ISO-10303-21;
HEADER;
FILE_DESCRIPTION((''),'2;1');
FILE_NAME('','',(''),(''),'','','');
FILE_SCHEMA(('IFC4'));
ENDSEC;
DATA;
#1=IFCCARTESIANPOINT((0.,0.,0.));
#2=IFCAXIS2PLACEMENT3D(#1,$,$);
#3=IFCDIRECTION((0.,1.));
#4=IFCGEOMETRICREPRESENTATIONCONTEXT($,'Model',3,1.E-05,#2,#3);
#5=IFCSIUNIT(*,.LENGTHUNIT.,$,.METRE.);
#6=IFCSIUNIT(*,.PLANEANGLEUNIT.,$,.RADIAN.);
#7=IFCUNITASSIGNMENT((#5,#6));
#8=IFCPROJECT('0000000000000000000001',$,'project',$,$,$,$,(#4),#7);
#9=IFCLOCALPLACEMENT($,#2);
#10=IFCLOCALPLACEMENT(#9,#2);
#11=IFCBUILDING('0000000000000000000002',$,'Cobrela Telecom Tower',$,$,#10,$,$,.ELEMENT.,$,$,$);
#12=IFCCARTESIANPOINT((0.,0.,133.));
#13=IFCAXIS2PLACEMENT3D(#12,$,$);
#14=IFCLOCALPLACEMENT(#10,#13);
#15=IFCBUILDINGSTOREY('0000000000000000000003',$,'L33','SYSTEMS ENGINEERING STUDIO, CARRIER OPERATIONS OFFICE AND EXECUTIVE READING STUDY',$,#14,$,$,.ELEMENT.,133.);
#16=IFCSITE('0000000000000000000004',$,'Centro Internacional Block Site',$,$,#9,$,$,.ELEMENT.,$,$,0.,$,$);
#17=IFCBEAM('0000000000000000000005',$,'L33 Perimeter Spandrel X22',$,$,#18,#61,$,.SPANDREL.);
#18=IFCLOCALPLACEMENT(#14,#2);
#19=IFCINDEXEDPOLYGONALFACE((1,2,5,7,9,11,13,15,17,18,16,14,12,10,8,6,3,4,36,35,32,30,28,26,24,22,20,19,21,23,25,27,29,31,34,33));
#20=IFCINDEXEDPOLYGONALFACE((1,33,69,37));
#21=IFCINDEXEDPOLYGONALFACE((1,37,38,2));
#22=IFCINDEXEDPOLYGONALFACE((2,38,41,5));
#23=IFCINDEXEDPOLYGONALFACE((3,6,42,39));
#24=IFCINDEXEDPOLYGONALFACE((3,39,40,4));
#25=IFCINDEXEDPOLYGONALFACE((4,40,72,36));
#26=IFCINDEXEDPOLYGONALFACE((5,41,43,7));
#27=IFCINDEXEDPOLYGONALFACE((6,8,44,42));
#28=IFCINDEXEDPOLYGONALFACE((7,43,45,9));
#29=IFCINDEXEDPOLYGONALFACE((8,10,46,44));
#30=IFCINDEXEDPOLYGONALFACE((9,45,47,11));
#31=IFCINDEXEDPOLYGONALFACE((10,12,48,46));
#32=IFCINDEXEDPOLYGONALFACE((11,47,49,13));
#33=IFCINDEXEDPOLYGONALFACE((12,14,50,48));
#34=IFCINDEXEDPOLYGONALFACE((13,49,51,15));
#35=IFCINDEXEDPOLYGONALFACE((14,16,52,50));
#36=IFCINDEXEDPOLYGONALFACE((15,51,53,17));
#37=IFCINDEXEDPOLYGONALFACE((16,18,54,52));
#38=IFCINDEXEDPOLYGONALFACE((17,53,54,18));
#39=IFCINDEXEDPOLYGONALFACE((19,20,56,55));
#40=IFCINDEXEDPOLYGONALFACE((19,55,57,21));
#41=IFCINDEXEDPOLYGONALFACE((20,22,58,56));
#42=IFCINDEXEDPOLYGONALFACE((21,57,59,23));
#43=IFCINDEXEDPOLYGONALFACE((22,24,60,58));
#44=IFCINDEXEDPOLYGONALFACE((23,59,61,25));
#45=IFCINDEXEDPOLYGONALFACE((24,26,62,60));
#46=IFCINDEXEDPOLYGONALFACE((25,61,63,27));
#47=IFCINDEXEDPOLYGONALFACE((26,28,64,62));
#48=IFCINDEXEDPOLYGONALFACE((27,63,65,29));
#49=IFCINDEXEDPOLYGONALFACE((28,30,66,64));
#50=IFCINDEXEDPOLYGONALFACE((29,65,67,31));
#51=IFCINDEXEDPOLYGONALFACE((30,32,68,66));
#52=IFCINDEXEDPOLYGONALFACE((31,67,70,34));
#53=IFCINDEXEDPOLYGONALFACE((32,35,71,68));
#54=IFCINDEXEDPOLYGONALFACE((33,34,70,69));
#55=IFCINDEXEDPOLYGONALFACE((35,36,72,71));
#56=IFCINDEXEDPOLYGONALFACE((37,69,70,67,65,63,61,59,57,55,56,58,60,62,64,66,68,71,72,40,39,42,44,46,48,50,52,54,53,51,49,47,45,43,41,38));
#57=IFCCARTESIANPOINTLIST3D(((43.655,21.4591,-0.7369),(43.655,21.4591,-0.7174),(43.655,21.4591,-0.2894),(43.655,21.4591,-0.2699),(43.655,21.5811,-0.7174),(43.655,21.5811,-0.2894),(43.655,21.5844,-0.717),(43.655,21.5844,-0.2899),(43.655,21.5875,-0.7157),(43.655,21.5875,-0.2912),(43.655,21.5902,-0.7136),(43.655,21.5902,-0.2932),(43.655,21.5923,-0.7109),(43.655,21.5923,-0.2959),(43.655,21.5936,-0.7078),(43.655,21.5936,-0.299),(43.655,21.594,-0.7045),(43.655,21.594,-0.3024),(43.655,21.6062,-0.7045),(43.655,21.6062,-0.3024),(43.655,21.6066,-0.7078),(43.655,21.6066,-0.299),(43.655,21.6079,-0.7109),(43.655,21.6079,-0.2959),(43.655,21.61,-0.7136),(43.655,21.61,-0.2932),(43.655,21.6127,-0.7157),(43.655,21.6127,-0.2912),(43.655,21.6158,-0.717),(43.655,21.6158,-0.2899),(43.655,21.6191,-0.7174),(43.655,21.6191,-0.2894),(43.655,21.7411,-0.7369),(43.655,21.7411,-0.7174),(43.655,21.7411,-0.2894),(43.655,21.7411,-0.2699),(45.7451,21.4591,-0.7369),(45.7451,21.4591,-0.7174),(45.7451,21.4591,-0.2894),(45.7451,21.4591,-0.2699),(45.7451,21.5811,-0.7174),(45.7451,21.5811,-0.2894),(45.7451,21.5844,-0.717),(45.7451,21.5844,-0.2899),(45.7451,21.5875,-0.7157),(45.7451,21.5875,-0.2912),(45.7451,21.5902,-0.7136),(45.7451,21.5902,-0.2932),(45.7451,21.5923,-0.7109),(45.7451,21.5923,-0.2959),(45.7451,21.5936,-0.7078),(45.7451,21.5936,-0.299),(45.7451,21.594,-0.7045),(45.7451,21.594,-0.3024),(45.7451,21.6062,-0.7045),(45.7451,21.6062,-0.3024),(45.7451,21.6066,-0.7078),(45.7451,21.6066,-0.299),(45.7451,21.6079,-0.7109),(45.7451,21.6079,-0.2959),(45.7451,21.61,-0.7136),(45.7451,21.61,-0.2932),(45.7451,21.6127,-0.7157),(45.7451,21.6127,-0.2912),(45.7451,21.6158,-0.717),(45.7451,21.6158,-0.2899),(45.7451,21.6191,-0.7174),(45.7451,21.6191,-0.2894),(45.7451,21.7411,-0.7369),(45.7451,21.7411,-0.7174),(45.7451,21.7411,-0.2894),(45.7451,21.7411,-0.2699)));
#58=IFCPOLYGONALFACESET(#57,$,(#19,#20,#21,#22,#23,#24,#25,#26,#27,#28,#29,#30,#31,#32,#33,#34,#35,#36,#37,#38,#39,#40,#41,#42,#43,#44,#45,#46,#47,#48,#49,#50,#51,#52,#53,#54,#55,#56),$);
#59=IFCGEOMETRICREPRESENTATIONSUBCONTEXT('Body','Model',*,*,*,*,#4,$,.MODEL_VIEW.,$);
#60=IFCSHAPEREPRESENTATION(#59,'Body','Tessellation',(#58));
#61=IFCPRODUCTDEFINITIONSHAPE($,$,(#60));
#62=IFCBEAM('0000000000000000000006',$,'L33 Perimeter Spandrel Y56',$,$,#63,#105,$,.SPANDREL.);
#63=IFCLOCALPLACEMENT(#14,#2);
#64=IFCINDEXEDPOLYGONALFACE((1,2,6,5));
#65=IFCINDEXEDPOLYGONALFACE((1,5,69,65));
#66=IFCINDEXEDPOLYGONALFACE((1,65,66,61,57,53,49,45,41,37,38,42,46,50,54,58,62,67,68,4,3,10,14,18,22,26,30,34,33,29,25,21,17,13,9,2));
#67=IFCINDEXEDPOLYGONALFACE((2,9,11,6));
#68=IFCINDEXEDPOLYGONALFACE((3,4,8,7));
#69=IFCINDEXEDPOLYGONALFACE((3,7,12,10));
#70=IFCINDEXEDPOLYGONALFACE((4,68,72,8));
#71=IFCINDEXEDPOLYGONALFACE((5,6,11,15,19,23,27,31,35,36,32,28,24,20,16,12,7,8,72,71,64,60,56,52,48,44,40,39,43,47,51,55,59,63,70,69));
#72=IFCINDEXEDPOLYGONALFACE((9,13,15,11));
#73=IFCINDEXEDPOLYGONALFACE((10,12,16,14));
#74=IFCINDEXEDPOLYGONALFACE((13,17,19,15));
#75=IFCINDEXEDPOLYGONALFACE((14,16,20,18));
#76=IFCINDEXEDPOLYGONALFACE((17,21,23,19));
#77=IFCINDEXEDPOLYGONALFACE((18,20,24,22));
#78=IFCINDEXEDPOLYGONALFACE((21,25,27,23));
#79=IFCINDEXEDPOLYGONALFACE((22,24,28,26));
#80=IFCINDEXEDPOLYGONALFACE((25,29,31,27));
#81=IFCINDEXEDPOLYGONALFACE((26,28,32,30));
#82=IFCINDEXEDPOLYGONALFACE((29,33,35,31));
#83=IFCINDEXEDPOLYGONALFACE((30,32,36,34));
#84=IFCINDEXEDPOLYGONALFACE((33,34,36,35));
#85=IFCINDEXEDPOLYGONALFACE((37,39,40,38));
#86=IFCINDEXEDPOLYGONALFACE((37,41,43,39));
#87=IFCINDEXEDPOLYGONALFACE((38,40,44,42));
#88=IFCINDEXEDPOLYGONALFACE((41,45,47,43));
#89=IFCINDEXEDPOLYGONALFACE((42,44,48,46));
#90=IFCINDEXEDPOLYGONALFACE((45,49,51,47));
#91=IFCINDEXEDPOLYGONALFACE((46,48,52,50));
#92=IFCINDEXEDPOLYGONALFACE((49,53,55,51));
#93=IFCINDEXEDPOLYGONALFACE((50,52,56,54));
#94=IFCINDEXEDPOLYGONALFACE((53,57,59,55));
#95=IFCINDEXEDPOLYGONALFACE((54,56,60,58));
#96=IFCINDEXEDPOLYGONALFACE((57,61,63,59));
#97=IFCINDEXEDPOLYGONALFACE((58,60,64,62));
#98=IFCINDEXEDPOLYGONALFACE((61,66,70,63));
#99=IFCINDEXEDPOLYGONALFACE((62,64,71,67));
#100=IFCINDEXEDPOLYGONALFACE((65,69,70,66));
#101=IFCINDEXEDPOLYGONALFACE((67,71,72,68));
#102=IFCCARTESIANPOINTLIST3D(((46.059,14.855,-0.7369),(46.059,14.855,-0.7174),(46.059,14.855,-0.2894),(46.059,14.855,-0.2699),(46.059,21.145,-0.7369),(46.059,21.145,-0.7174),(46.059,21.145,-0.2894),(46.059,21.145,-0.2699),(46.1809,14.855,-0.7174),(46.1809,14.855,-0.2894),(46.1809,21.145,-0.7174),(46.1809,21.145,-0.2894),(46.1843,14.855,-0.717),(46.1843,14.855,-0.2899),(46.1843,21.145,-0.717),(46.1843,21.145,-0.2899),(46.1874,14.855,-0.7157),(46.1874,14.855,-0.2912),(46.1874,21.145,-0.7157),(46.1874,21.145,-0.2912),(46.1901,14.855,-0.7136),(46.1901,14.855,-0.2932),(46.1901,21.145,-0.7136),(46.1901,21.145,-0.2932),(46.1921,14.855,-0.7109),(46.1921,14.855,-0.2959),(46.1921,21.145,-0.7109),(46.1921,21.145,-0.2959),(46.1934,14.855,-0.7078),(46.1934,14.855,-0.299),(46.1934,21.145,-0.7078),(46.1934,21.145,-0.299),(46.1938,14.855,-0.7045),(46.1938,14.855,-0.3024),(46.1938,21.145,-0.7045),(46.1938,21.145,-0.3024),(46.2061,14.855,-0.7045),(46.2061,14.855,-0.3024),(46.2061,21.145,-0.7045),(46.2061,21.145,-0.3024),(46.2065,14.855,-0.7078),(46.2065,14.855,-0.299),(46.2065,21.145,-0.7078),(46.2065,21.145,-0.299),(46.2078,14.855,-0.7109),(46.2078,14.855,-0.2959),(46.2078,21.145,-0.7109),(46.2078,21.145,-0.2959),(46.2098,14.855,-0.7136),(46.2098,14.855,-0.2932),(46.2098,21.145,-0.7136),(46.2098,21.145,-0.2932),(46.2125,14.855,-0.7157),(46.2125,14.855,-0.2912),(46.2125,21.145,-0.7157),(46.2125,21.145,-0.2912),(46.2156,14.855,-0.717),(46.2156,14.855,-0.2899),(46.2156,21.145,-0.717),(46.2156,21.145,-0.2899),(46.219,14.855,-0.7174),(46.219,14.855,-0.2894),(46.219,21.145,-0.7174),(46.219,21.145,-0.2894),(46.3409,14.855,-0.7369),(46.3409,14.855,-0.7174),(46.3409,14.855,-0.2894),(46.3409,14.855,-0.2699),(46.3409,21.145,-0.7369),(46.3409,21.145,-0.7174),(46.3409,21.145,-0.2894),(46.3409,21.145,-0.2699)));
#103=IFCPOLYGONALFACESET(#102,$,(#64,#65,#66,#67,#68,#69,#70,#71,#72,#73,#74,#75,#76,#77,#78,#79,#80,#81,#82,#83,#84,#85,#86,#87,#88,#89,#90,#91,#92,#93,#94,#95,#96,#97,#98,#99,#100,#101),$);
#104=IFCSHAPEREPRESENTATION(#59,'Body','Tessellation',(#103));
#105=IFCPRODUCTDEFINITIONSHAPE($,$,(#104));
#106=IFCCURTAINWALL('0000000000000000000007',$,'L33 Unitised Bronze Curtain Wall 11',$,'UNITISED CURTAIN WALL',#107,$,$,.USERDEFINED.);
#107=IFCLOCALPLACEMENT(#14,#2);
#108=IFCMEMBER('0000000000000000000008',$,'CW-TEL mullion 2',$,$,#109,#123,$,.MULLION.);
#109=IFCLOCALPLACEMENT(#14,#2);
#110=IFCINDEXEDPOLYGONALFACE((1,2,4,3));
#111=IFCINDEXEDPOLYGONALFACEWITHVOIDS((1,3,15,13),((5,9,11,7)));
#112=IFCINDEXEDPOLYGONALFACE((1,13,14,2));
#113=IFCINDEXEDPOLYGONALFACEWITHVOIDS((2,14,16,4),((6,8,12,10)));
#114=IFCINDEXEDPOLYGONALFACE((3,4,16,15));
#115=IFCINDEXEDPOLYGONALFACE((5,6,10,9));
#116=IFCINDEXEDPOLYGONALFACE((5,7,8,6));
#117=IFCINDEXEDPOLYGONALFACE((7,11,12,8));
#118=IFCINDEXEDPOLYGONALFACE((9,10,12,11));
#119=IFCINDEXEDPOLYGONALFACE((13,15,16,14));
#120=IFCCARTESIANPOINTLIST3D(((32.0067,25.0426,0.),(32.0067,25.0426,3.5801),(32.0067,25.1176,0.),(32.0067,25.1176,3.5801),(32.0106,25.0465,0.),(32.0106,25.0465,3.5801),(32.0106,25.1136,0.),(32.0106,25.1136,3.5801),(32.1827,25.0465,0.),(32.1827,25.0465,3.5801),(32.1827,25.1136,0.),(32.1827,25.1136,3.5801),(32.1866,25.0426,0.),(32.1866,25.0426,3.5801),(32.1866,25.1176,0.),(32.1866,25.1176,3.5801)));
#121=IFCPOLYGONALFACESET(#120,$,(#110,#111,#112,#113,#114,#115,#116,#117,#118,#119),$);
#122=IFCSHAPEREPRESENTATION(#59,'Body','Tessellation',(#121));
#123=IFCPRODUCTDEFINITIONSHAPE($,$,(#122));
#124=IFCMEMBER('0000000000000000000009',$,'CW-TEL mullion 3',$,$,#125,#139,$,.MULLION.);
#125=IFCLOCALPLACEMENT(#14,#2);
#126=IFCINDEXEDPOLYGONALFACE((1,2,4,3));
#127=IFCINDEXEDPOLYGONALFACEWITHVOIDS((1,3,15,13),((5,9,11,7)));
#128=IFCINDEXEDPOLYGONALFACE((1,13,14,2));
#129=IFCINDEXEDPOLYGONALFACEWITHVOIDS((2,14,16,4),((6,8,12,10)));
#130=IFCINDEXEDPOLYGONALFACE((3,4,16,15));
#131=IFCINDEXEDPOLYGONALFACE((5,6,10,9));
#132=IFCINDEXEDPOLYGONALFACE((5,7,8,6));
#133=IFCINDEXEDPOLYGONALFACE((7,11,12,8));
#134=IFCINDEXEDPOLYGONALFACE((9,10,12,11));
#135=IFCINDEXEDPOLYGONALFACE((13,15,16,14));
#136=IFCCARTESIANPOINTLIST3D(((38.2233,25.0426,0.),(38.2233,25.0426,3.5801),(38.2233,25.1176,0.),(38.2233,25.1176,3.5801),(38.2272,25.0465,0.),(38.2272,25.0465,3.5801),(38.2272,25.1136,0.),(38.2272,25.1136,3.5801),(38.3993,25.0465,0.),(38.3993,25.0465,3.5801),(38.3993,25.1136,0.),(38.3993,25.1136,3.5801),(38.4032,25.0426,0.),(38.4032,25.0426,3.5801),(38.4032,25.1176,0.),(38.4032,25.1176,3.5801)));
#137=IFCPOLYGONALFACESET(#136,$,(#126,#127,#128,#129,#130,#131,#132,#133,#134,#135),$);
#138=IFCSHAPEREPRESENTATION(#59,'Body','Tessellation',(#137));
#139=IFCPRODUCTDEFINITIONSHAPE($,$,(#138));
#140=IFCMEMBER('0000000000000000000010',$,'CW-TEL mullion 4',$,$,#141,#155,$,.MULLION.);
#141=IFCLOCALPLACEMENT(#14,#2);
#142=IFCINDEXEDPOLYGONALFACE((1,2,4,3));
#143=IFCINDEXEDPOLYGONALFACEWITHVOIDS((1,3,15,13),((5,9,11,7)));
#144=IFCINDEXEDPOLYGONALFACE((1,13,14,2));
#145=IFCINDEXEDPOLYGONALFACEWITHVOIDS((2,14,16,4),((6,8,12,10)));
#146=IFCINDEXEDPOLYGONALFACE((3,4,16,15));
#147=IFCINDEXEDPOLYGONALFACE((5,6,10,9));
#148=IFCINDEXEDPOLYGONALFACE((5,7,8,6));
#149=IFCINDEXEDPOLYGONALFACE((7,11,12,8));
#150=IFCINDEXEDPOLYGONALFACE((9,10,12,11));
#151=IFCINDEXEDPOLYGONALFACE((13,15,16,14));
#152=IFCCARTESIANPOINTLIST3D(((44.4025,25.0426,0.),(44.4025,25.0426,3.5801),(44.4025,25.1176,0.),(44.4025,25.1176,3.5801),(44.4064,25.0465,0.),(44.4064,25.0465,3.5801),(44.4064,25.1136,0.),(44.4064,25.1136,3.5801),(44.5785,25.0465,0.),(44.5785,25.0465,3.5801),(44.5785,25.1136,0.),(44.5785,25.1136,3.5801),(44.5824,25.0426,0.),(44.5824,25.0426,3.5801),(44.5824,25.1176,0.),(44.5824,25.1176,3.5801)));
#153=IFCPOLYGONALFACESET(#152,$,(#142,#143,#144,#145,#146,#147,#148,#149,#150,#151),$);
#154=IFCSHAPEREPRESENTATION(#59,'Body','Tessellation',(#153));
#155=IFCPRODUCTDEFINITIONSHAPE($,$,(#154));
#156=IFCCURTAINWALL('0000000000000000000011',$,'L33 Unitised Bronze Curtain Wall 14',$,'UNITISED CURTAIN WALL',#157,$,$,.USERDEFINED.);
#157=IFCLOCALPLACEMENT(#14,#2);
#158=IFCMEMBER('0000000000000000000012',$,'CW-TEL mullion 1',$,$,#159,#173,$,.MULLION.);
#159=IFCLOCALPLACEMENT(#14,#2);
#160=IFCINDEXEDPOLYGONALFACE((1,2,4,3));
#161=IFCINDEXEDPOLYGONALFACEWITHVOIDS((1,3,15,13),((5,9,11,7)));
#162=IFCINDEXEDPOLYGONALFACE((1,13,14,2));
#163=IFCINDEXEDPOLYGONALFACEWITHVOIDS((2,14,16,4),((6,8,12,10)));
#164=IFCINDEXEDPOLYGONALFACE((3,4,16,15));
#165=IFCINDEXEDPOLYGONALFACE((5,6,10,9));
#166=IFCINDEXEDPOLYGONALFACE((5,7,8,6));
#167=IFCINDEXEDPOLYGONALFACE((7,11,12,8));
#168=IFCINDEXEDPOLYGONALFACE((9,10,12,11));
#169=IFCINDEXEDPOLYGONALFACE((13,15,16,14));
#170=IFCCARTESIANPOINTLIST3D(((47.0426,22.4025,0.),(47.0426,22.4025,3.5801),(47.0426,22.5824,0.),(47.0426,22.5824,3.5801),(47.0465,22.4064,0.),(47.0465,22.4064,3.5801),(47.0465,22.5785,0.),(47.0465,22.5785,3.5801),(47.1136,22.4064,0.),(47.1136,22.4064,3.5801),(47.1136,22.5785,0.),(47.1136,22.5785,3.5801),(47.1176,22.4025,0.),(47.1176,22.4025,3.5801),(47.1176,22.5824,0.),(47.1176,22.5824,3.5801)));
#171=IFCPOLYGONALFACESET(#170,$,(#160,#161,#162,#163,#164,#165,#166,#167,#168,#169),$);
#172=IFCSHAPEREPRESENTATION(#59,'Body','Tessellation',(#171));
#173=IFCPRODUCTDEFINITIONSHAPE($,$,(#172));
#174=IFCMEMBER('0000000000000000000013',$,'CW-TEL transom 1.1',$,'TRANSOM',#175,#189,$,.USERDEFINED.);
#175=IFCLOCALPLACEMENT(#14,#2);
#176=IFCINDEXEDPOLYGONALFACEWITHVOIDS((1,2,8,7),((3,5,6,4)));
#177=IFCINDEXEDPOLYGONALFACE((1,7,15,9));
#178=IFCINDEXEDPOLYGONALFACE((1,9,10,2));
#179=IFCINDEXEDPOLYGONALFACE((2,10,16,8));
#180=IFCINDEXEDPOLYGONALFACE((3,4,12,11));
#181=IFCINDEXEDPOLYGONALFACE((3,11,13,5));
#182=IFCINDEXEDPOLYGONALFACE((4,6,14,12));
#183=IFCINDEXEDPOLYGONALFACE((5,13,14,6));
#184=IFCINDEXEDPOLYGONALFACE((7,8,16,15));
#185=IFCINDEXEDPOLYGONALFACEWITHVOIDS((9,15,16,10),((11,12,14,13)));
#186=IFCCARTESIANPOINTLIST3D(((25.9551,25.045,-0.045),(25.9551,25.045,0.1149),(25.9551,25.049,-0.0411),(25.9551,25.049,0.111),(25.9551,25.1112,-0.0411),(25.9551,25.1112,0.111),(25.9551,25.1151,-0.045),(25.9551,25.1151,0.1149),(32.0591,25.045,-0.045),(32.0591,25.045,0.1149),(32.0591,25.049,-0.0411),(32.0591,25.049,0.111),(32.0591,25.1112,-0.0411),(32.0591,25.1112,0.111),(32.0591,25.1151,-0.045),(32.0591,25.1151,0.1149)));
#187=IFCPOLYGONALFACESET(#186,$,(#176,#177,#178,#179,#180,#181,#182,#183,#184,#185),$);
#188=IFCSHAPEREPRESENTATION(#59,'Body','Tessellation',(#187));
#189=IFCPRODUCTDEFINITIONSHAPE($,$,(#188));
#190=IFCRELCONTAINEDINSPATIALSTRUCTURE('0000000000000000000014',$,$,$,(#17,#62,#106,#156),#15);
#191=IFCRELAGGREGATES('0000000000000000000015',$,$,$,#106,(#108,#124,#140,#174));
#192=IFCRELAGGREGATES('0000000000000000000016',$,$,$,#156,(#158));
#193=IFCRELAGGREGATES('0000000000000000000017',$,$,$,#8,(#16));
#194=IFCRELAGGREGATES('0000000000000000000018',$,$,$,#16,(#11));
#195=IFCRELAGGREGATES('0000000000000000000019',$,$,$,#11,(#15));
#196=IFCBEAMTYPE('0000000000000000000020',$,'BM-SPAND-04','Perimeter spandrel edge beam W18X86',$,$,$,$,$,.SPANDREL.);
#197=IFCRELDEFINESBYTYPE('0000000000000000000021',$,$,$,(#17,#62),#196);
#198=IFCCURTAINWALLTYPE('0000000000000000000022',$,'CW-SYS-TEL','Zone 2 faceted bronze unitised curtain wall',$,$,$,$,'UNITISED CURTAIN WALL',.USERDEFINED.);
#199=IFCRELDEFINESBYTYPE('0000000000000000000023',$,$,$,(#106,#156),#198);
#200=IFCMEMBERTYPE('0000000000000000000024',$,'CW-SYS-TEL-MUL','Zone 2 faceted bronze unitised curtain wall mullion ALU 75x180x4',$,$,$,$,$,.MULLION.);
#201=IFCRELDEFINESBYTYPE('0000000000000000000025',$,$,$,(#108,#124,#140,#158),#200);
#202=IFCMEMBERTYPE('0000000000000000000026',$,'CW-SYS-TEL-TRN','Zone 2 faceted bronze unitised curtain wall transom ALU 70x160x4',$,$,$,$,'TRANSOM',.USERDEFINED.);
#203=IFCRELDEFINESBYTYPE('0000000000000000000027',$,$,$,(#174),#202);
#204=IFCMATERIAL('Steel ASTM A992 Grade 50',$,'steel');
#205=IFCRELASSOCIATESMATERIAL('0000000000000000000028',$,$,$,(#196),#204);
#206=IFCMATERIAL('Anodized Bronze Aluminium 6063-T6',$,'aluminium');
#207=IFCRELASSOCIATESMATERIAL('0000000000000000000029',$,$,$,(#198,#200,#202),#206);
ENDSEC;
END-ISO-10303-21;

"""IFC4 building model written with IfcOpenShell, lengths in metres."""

from ifc_helpers import new_model, si_unit, direction, frame, origin, origin_2d, place, context, subcontext, project, spatial, hollow_rectangle, i_section, extrude, material, material_profile, profile_set, type_object, element, aggregate, save


model = new_model("IFC4")

# Units and contexts
model_context = context("Model", 3, precision=1e-05, world=origin(), true_north=direction((0.0, 1.0)))
body_context = subcontext(model_context, "Body", "Model", "MODEL_VIEW")
ifc_project = project(units=[si_unit("LENGTHUNIT", "METRE"), si_unit("PLANEANGLEUNIT", "RADIAN")], contexts=[model_context])

# Site, building, storey
site_placement = place(None, origin())
site = spatial("IfcSite", under=ifc_project, at=site_placement, Name="Centro Internacional Block Site", CompositionType="ELEMENT", RefElevation=0.0)
building_placement = place(site_placement, origin())
building = spatial("IfcBuilding", under=site, at=building_placement, Name="Cobrela Telecom Tower", CompositionType="ELEMENT")
storey_placement = place(building_placement, frame((0.0, 0.0, 133.0)))
storey = spatial("IfcBuildingStorey", under=building, at=storey_placement, Name="L33", Description="SYSTEMS ENGINEERING STUDIO, CARRIER OPERATIONS OFFICE AND EXECUTIVE READING STUDY", CompositionType="ELEMENT", Elevation=133.0)

# Shared definitions
ifc_material_1 = material(Name="Steel ASTM A992 Grade 50", Category="steel")

# Beams
ifc_material_profile_1 = material_profile(ifc_material_1, i_section(OverallWidth=0.282, OverallDepth=0.467, WebThickness=0.0122, FlangeThickness=0.0195, FilletRadius=0.0129, at=origin_2d()), Name="W18X86")
ifc_profile_set_1 = profile_set([ifc_material_profile_1], Name="Steel ASTM A992 Grade 50")
beam_type_1 = type_object("IfcBeamType", Name="BM-SPAND-04", Description="Perimeter spandrel edge beam W18X86", PredefinedType="SPANDREL", material=ifc_profile_set_1)
beam_1_placement = place(storey_placement, frame((43.655, 21.6001, -0.5034), z_axis=(1.0, 0.0, 0.0), x_axis=(0.0, 1.0, 0.0)))
element("IfcBeam", 1, at=beam_1_placement, inside=storey, type_object=beam_type_1, Name="L33 Perimeter Spandrel X22", PredefinedType="SPANDREL", context=body_context, shape_type="SweptSolid", body=[
    extrude(i_section(OverallWidth=0.282, OverallDepth=0.467, WebThickness=0.0122, FlangeThickness=0.0195, FilletRadius=0.0129, at=origin_2d()), origin(), (0.0, 0.0, 1.0), 2.0901),
])
beam_2_placement = place(storey_placement, frame((46.2, 14.855, -0.5034), z_axis=(0.0, 1.0, 0.0), x_axis=(-1.0, 0.0, 0.0)))
element("IfcBeam", 2, at=beam_2_placement, inside=storey, type_object=beam_type_1, Name="L33 Perimeter Spandrel Y56", PredefinedType="SPANDREL", context=body_context, shape_type="SweptSolid", body=[
    extrude(i_section(OverallWidth=0.282, OverallDepth=0.467, WebThickness=0.0122, FlangeThickness=0.0195, FilletRadius=0.0129, at=origin_2d()), origin(), (0.0, 0.0, 1.0), 6.29),
])

# Curtain wall, members
ifc_material_2 = material(Name="Anodized Bronze Aluminium 6063-T6", Category="aluminium")
curtain_wall_type = type_object("IfcCurtainWallType", Name="CW-SYS-TEL", Description="Zone 2 faceted bronze unitised curtain wall", ElementType="UNITISED CURTAIN WALL", PredefinedType="USERDEFINED", material=ifc_material_2)
curtain_wall_1_placement = place(storey_placement, origin())
curtain_wall_1 = element("IfcCurtainWall", 3, at=curtain_wall_1_placement, inside=storey, type_object=curtain_wall_type, Name="L33 Unitised Bronze Curtain Wall 11", ObjectType="UNITISED CURTAIN WALL", PredefinedType="USERDEFINED")
ifc_material_profile_2 = material_profile(ifc_material_2, hollow_rectangle(XDim=0.075, YDim=0.1799, WallThickness=0.0039, at=origin_2d()), Name="ALU 75x180x4")
ifc_profile_set_2 = profile_set([ifc_material_profile_2], Name="Anodized Bronze Aluminium 6063-T6")
member_type_1 = type_object("IfcMemberType", Name="CW-SYS-TEL-MUL", Description="Zone 2 faceted bronze unitised curtain wall mullion ALU 75x180x4", PredefinedType="MULLION", material=ifc_profile_set_2)
member_1_placement = place(storey_placement, frame((32.0967, 25.0801, 0.0), z_axis=(0.0, 0.0, 1.0), x_axis=(0.0, 1.0, 0.0)))
member_1 = element("IfcMember", 4, at=member_1_placement, type_object=member_type_1, Name="CW-TEL mullion 2", PredefinedType="MULLION", context=body_context, shape_type="SweptSolid", body=[
    extrude(hollow_rectangle(XDim=0.075, YDim=0.1799, WallThickness=0.0039, at=origin_2d()), origin(), (0.0, 0.0, 1.0), 3.5801),
])
member_2_placement = place(storey_placement, frame((38.3132, 25.0801, 0.0), z_axis=(0.0, 0.0, 1.0), x_axis=(0.0, 1.0, 0.0)))
member_2 = element("IfcMember", 5, at=member_2_placement, type_object=member_type_1, Name="CW-TEL mullion 3", PredefinedType="MULLION", context=body_context, shape_type="SweptSolid", body=[
    extrude(hollow_rectangle(XDim=0.075, YDim=0.1799, WallThickness=0.0039, at=origin_2d()), origin(), (0.0, 0.0, 1.0), 3.5801),
])
member_3_placement = place(storey_placement, frame((44.4924, 25.0801, 0.0), z_axis=(0.0, 0.0, 1.0), x_axis=(0.0, 1.0, 0.0)))
member_3 = element("IfcMember", 6, at=member_3_placement, type_object=member_type_1, Name="CW-TEL mullion 4", PredefinedType="MULLION", context=body_context, shape_type="SweptSolid", body=[
    extrude(hollow_rectangle(XDim=0.075, YDim=0.1799, WallThickness=0.0039, at=origin_2d()), origin(), (0.0, 0.0, 1.0), 3.5801),
])

# Curtain wall, member
curtain_wall_2_placement = place(storey_placement, origin())
curtain_wall_2 = element("IfcCurtainWall", 7, at=curtain_wall_2_placement, inside=storey, type_object=curtain_wall_type, Name="L33 Unitised Bronze Curtain Wall 14", ObjectType="UNITISED CURTAIN WALL", PredefinedType="USERDEFINED")
member_4_placement = place(storey_placement, frame((47.0801, 22.4924, 0.0), z_axis=(0.0, 0.0, 1.0), x_axis=(1.0, 0.0, 0.0)))
member_4 = element("IfcMember", 8, at=member_4_placement, type_object=member_type_1, Name="CW-TEL mullion 1", PredefinedType="MULLION", context=body_context, shape_type="SweptSolid", body=[
    extrude(hollow_rectangle(XDim=0.075, YDim=0.1799, WallThickness=0.0039, at=origin_2d()), origin(), (0.0, 0.0, 1.0), 3.5801),
])

# Member
ifc_material_profile_3 = material_profile(ifc_material_2, hollow_rectangle(XDim=0.0701, YDim=0.1599, WallThickness=0.0039, at=origin_2d()), Name="ALU 70x160x4")
ifc_profile_set_3 = profile_set([ifc_material_profile_3], Name="Anodized Bronze Aluminium 6063-T6")
member_type_2 = type_object("IfcMemberType", Name="CW-SYS-TEL-TRN", Description="Zone 2 faceted bronze unitised curtain wall transom ALU 70x160x4", ElementType="TRANSOM", PredefinedType="USERDEFINED", material=ifc_profile_set_3)
member_5_placement = place(storey_placement, frame((25.9551, 25.0801, 0.0349), z_axis=(1.0, 0.0, 0.0), x_axis=(0.0, 1.0, 0.0)))
member_5 = element("IfcMember", 9, at=member_5_placement, type_object=member_type_2, Name="CW-TEL transom 1.1", ObjectType="TRANSOM", PredefinedType="USERDEFINED", context=body_context, shape_type="SweptSolid", body=[
    extrude(hollow_rectangle(XDim=0.0701, YDim=0.1599, WallThickness=0.0039, at=origin_2d()), origin(), (0.0, 0.0, 1.0), 6.104),
])

aggregate(curtain_wall_1, [member_1, member_2, member_3, member_5])
aggregate(curtain_wall_2, [member_4])

save(model, "model.ifc")
